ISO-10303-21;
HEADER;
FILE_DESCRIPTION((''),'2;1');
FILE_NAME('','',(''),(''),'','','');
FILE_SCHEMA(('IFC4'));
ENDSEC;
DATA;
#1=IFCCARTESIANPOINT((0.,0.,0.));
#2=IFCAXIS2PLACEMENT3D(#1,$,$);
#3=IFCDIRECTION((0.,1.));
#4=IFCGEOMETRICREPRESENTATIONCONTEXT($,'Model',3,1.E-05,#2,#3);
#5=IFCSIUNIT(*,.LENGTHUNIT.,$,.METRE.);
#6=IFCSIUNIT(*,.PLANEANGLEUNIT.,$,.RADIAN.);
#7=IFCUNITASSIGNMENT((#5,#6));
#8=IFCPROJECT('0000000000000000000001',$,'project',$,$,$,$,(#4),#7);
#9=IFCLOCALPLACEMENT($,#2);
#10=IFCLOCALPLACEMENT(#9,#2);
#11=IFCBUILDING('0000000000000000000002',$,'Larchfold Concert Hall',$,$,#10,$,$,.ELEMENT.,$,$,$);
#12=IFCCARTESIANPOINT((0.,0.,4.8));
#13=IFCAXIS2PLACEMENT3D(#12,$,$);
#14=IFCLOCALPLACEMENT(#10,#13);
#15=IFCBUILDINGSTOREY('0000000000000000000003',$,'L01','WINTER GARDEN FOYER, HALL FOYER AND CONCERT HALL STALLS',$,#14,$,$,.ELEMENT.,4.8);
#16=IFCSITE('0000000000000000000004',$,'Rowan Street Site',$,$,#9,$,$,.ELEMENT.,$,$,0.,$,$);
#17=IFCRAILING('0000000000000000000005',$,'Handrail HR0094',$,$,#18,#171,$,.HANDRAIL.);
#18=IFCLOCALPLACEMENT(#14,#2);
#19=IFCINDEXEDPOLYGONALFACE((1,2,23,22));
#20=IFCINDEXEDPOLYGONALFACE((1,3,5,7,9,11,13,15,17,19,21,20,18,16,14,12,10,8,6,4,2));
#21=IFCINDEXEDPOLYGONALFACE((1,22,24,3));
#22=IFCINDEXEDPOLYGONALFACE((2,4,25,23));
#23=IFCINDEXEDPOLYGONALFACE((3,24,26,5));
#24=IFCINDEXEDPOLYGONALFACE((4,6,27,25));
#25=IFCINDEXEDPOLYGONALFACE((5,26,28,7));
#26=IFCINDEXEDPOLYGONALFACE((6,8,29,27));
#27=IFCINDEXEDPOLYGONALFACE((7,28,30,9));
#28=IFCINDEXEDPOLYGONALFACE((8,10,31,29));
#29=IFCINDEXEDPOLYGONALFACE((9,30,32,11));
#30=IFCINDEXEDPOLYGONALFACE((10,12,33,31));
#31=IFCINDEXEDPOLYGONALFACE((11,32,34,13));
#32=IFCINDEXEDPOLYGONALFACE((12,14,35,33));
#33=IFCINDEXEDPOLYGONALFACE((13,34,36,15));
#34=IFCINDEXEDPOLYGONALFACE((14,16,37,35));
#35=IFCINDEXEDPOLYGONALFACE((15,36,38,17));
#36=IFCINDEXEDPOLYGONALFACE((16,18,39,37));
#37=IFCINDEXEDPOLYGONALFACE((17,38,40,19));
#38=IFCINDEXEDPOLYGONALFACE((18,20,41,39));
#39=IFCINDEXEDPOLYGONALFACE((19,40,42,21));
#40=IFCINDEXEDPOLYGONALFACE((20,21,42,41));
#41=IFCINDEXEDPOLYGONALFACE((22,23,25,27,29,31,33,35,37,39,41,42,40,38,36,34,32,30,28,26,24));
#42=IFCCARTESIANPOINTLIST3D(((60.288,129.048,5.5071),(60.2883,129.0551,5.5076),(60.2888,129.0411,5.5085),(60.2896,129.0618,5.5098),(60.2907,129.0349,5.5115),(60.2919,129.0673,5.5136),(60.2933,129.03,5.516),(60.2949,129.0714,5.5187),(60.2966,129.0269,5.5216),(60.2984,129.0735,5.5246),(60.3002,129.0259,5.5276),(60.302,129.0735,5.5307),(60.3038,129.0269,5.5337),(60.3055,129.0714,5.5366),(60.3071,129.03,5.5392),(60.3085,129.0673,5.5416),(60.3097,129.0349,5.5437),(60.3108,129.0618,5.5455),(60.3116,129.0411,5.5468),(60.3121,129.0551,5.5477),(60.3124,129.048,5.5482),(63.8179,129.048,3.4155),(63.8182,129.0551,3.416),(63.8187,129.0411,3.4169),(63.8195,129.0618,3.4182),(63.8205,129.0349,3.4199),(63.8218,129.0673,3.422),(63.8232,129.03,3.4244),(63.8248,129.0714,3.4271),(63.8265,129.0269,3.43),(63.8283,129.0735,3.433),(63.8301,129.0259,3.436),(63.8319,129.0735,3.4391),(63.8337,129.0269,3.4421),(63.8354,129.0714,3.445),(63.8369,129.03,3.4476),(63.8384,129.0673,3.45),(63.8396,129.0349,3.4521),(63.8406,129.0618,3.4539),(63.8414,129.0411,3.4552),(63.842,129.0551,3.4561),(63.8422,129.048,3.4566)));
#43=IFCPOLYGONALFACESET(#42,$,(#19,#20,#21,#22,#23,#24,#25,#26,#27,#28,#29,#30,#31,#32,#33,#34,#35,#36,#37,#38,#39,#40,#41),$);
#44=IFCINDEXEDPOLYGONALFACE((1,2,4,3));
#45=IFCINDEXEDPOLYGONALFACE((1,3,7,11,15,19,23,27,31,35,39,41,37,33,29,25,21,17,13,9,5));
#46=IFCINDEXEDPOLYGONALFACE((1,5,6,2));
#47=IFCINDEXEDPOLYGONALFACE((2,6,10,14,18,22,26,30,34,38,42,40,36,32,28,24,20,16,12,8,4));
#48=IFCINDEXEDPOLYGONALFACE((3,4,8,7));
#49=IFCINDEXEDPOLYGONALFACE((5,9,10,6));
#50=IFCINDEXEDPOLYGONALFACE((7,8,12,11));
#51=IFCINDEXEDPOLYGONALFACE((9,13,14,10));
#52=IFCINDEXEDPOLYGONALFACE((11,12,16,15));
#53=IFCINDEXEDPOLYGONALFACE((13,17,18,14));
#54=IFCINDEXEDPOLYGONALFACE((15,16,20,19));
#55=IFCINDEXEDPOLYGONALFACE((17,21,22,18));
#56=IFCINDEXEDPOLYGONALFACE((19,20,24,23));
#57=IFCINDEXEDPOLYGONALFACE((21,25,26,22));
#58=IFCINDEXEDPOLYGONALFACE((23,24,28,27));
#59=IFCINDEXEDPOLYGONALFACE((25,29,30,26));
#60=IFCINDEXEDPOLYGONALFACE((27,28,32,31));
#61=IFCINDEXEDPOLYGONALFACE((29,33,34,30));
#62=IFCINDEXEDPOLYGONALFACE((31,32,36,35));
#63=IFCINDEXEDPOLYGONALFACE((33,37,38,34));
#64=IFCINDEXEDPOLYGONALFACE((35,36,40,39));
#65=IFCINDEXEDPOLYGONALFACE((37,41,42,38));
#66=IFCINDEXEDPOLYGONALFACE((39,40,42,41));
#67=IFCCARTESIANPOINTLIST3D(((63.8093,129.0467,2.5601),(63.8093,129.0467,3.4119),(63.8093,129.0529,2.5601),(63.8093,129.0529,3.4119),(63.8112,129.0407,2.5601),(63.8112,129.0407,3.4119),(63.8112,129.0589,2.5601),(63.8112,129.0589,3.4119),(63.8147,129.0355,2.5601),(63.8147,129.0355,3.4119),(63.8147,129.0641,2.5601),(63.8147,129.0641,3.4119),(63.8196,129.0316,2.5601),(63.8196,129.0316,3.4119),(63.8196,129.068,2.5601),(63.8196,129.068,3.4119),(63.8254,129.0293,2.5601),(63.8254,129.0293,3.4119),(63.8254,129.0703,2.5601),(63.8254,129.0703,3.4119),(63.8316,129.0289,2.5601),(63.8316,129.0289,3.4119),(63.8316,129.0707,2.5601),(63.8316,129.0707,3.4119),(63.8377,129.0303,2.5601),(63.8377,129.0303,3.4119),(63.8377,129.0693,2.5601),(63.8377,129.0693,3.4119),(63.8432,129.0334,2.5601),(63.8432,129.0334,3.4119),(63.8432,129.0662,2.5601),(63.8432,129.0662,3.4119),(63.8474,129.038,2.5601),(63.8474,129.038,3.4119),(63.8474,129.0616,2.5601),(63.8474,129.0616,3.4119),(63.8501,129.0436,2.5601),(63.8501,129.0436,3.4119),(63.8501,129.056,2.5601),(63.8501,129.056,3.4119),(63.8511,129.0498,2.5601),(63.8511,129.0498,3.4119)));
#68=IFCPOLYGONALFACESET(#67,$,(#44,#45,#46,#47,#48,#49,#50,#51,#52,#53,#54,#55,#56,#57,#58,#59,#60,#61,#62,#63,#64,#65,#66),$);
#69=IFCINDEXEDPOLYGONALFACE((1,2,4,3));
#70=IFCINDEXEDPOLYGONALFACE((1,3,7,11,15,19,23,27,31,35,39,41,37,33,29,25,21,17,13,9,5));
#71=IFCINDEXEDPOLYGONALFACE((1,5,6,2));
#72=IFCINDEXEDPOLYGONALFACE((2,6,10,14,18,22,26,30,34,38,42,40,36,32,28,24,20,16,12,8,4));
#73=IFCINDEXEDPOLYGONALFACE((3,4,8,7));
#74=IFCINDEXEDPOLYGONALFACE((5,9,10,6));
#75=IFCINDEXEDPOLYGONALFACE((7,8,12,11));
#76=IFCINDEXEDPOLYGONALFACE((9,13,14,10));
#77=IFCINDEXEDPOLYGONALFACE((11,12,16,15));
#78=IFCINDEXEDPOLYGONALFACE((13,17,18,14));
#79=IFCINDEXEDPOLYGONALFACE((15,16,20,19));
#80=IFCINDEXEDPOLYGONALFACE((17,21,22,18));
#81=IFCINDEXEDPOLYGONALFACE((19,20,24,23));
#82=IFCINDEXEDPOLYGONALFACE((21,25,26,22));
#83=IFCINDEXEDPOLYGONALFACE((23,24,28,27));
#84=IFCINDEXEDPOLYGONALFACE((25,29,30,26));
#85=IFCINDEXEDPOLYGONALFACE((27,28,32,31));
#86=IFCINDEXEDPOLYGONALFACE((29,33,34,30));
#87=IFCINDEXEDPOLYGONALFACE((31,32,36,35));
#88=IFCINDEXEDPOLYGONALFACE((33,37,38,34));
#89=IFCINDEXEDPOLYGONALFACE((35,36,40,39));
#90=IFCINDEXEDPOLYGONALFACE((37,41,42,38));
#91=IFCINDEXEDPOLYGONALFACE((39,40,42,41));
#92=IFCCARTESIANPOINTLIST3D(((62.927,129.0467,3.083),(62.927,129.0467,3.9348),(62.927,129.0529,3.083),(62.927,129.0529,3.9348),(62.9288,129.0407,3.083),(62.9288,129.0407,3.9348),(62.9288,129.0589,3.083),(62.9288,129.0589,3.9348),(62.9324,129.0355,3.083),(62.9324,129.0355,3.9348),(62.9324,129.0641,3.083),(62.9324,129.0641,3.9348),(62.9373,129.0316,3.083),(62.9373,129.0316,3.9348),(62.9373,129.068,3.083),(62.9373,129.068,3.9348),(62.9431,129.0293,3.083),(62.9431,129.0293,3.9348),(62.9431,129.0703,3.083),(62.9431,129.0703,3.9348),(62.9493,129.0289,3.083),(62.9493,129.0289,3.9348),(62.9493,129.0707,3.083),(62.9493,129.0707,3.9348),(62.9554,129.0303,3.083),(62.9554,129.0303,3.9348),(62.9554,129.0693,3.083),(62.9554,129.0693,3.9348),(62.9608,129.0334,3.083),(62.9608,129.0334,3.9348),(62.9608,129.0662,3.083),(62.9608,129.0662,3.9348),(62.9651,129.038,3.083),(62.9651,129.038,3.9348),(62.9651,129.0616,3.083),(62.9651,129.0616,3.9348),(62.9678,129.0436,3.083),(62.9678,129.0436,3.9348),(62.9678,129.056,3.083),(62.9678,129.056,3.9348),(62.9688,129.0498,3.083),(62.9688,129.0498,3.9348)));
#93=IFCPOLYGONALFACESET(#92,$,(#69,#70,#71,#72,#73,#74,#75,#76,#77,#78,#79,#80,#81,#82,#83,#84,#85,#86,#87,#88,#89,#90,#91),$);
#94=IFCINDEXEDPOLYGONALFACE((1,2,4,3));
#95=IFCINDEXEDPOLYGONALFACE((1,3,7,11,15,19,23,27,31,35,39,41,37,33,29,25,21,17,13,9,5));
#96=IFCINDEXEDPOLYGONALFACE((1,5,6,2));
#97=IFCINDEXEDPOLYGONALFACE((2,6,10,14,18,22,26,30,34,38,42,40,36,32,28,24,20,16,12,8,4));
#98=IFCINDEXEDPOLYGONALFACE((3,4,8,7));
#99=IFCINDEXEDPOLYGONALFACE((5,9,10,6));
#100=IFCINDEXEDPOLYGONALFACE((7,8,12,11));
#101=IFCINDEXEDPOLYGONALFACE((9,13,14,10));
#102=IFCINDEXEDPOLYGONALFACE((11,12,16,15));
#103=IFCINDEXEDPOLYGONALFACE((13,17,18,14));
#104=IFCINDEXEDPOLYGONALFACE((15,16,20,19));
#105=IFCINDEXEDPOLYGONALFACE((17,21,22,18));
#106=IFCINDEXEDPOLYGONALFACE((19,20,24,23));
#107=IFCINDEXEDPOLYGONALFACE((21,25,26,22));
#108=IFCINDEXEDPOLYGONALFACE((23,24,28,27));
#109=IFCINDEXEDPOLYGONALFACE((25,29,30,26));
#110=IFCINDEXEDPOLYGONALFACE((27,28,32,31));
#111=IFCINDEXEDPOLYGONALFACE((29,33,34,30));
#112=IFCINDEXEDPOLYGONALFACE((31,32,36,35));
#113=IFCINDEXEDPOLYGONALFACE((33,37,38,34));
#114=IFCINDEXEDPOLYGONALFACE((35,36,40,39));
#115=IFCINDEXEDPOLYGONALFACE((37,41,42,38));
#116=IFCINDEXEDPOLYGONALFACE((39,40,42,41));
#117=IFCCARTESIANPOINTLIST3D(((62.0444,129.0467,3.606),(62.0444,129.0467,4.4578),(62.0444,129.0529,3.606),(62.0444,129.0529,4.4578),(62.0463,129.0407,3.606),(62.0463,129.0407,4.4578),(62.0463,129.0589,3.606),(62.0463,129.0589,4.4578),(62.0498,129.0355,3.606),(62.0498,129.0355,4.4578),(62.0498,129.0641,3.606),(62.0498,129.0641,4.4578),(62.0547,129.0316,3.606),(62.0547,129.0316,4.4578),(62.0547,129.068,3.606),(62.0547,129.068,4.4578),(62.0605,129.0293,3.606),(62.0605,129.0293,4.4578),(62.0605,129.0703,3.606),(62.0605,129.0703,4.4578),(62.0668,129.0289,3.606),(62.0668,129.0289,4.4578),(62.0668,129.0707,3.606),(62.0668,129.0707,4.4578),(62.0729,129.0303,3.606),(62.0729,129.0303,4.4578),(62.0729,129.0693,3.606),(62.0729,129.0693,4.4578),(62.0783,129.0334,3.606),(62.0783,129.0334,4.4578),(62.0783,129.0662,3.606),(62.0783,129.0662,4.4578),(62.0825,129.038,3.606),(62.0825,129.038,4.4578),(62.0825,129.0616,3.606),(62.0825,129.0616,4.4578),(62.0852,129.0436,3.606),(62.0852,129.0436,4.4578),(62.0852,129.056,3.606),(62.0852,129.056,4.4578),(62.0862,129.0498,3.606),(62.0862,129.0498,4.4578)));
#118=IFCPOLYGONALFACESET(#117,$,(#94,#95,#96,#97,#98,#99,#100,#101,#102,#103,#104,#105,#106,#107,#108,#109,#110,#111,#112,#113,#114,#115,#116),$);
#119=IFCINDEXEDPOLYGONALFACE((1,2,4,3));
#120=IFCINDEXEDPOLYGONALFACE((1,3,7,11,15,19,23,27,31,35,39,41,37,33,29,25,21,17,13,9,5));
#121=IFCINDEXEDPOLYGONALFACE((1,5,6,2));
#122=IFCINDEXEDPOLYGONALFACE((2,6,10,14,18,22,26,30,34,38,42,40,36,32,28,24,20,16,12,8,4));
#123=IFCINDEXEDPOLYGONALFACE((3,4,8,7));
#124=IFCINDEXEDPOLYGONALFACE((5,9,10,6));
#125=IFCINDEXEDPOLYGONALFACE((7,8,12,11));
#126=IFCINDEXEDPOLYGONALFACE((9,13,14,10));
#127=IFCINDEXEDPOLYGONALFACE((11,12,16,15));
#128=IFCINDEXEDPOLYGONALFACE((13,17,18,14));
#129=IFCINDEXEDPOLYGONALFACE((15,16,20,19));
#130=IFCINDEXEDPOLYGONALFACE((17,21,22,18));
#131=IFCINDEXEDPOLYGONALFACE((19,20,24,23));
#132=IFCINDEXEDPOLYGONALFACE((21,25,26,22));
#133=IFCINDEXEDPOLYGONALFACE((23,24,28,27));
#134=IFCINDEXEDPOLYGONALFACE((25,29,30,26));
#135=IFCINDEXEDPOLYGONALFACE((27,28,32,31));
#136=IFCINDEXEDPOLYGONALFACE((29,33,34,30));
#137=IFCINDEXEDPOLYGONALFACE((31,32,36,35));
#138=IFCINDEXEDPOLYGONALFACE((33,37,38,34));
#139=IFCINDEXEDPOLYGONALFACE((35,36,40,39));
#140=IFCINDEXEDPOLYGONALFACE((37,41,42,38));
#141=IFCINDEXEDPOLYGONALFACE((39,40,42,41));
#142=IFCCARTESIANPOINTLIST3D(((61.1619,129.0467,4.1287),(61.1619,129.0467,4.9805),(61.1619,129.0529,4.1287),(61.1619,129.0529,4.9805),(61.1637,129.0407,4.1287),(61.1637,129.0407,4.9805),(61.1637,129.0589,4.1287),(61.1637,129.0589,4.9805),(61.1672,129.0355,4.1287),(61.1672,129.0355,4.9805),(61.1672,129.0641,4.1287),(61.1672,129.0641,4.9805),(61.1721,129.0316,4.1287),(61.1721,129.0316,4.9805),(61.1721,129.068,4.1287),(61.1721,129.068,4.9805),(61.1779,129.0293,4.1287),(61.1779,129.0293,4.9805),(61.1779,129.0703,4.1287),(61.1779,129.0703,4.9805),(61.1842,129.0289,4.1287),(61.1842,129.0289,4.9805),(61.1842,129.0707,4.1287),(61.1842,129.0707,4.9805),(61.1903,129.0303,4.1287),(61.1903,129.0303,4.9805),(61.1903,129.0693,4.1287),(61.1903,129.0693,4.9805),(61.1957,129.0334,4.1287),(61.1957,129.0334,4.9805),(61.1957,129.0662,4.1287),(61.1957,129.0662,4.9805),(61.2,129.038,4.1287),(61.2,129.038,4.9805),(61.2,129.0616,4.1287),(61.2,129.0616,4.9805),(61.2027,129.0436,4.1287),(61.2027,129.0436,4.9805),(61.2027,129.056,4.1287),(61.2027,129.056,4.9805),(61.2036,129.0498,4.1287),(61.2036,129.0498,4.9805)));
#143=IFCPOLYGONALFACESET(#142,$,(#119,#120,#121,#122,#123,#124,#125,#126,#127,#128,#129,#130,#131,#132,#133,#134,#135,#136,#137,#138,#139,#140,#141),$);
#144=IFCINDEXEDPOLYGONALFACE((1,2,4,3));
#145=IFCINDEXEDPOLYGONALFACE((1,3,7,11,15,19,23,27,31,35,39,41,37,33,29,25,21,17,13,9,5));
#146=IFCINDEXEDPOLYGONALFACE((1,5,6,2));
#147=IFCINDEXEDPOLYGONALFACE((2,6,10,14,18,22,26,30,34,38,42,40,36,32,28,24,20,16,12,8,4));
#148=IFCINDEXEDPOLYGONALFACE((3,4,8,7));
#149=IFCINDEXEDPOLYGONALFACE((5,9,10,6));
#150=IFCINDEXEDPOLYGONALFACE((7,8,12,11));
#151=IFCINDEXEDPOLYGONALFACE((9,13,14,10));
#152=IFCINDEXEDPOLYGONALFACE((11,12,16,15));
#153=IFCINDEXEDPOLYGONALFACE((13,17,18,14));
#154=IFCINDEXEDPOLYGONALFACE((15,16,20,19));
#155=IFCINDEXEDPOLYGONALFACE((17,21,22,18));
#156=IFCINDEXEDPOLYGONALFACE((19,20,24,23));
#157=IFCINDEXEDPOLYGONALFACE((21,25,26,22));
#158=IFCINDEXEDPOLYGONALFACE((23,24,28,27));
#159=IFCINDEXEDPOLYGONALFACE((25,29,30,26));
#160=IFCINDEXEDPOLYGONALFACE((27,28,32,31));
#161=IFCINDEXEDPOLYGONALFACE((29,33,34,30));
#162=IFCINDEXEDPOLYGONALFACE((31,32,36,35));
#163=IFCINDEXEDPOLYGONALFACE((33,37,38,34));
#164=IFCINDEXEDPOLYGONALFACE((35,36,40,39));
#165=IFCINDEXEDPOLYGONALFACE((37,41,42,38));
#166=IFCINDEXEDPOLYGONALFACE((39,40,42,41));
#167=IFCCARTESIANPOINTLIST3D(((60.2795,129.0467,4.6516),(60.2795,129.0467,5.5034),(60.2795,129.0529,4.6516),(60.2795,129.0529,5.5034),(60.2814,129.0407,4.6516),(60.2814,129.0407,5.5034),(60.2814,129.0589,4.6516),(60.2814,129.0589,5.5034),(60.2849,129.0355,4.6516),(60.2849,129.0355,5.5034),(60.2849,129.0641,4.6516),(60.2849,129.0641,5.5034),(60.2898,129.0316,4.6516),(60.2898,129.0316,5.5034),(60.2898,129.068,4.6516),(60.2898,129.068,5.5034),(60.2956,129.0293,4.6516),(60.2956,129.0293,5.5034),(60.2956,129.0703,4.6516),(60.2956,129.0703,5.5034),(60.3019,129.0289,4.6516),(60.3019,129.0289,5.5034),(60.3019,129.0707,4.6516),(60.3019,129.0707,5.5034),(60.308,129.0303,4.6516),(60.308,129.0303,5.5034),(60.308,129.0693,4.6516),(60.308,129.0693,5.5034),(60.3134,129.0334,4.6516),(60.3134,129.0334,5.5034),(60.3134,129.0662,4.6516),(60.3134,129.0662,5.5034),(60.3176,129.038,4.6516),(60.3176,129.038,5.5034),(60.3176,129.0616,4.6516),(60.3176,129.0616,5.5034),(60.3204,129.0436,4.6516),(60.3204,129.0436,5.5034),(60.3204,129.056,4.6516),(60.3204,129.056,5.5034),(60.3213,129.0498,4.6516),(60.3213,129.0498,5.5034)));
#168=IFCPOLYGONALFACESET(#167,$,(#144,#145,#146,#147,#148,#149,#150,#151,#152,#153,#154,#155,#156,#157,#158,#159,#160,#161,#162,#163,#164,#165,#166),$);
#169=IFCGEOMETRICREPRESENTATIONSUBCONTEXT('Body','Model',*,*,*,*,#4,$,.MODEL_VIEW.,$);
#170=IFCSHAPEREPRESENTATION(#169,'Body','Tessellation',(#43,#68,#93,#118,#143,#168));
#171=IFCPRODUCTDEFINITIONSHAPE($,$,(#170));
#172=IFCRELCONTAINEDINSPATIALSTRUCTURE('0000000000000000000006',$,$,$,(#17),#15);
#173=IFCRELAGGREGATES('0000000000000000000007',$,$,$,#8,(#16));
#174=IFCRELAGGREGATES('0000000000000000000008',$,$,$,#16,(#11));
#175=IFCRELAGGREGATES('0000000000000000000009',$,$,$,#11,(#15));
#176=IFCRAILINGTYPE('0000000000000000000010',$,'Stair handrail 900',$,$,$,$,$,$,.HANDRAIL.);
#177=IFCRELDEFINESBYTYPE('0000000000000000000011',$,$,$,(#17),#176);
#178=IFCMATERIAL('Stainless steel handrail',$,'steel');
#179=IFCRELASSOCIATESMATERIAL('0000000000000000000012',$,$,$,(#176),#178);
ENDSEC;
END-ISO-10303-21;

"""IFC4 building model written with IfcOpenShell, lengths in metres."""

from ifc_helpers import new_model, si_unit, direction, frame, origin, origin_2d, place, context, subcontext, project, spatial, circle, extrude, material, type_object, element, save


model = new_model("IFC4")

# Units and contexts
model_context = context("Model", 3, precision=1e-05, world=origin(), true_north=direction((0.0, 1.0)))
body_context = subcontext(model_context, "Body", "Model", "MODEL_VIEW")
ifc_project = project(units=[si_unit("LENGTHUNIT", "METRE"), si_unit("PLANEANGLEUNIT", "RADIAN")], contexts=[model_context])

# Site, building, storey
site_placement = place(None, origin())
site = spatial("IfcSite", under=ifc_project, at=site_placement, Name="Rowan Street Site", CompositionType="ELEMENT", RefElevation=0.0)
building_placement = place(site_placement, origin())
building = spatial("IfcBuilding", under=site, at=building_placement, Name="Larchfold Concert Hall", CompositionType="ELEMENT")
storey_placement = place(building_placement, frame((0.0, 0.0, 4.8)))
storey = spatial("IfcBuildingStorey", under=building, at=storey_placement, Name="L01", Description="WINTER GARDEN FOYER, HALL FOYER AND CONCERT HALL STALLS", CompositionType="ELEMENT", Elevation=4.8)

# Railing
ifc_material_1 = material(Name="Stainless steel handrail", Category="steel")
railing_type_1 = type_object("IfcRailingType", Name="Stair handrail 900", PredefinedType="HANDRAIL", material=ifc_material_1)
railing_1_placement = place(storey_placement, frame((63.8301, 129.0498, 2.5601)))
element("IfcRailing", 1, at=railing_1_placement, inside=storey, type_object=railing_type_1, Name="Handrail HR0094", PredefinedType="HANDRAIL", context=body_context, shape_type="SweptSolid", body=[
    extrude(circle(Radius=0.0239, at=origin_2d()), frame((0.0, 0.0, 0.876), z_axis=(-0.86031, 0.0, 0.509771), x_axis=(0.0, -1.0, 0.0)), (0.0, 0.0, 1.0), 4.103),
    extrude(circle(Radius=0.021, at=origin_2d()), origin(), (0.0, 0.0, 1.0), 0.8518),
    extrude(circle(Radius=0.021, at=origin_2d()), frame((-0.8823, 0.0, 0.5229)), (0.0, 0.0, 1.0), 0.8518),
    extrude(circle(Radius=0.021, at=origin_2d()), frame((-1.7649, 0.0, 1.0459)), (0.0, 0.0, 1.0), 0.8518),
    extrude(circle(Radius=0.021, at=origin_2d()), frame((-2.6475, 0.0, 1.5686)), (0.0, 0.0, 1.0), 0.8518),
    extrude(circle(Radius=0.021, at=origin_2d()), frame((-3.5298, 0.0, 2.0916)), (0.0, 0.0, 1.0), 0.8518),
])

save(model, "model.ifc")
